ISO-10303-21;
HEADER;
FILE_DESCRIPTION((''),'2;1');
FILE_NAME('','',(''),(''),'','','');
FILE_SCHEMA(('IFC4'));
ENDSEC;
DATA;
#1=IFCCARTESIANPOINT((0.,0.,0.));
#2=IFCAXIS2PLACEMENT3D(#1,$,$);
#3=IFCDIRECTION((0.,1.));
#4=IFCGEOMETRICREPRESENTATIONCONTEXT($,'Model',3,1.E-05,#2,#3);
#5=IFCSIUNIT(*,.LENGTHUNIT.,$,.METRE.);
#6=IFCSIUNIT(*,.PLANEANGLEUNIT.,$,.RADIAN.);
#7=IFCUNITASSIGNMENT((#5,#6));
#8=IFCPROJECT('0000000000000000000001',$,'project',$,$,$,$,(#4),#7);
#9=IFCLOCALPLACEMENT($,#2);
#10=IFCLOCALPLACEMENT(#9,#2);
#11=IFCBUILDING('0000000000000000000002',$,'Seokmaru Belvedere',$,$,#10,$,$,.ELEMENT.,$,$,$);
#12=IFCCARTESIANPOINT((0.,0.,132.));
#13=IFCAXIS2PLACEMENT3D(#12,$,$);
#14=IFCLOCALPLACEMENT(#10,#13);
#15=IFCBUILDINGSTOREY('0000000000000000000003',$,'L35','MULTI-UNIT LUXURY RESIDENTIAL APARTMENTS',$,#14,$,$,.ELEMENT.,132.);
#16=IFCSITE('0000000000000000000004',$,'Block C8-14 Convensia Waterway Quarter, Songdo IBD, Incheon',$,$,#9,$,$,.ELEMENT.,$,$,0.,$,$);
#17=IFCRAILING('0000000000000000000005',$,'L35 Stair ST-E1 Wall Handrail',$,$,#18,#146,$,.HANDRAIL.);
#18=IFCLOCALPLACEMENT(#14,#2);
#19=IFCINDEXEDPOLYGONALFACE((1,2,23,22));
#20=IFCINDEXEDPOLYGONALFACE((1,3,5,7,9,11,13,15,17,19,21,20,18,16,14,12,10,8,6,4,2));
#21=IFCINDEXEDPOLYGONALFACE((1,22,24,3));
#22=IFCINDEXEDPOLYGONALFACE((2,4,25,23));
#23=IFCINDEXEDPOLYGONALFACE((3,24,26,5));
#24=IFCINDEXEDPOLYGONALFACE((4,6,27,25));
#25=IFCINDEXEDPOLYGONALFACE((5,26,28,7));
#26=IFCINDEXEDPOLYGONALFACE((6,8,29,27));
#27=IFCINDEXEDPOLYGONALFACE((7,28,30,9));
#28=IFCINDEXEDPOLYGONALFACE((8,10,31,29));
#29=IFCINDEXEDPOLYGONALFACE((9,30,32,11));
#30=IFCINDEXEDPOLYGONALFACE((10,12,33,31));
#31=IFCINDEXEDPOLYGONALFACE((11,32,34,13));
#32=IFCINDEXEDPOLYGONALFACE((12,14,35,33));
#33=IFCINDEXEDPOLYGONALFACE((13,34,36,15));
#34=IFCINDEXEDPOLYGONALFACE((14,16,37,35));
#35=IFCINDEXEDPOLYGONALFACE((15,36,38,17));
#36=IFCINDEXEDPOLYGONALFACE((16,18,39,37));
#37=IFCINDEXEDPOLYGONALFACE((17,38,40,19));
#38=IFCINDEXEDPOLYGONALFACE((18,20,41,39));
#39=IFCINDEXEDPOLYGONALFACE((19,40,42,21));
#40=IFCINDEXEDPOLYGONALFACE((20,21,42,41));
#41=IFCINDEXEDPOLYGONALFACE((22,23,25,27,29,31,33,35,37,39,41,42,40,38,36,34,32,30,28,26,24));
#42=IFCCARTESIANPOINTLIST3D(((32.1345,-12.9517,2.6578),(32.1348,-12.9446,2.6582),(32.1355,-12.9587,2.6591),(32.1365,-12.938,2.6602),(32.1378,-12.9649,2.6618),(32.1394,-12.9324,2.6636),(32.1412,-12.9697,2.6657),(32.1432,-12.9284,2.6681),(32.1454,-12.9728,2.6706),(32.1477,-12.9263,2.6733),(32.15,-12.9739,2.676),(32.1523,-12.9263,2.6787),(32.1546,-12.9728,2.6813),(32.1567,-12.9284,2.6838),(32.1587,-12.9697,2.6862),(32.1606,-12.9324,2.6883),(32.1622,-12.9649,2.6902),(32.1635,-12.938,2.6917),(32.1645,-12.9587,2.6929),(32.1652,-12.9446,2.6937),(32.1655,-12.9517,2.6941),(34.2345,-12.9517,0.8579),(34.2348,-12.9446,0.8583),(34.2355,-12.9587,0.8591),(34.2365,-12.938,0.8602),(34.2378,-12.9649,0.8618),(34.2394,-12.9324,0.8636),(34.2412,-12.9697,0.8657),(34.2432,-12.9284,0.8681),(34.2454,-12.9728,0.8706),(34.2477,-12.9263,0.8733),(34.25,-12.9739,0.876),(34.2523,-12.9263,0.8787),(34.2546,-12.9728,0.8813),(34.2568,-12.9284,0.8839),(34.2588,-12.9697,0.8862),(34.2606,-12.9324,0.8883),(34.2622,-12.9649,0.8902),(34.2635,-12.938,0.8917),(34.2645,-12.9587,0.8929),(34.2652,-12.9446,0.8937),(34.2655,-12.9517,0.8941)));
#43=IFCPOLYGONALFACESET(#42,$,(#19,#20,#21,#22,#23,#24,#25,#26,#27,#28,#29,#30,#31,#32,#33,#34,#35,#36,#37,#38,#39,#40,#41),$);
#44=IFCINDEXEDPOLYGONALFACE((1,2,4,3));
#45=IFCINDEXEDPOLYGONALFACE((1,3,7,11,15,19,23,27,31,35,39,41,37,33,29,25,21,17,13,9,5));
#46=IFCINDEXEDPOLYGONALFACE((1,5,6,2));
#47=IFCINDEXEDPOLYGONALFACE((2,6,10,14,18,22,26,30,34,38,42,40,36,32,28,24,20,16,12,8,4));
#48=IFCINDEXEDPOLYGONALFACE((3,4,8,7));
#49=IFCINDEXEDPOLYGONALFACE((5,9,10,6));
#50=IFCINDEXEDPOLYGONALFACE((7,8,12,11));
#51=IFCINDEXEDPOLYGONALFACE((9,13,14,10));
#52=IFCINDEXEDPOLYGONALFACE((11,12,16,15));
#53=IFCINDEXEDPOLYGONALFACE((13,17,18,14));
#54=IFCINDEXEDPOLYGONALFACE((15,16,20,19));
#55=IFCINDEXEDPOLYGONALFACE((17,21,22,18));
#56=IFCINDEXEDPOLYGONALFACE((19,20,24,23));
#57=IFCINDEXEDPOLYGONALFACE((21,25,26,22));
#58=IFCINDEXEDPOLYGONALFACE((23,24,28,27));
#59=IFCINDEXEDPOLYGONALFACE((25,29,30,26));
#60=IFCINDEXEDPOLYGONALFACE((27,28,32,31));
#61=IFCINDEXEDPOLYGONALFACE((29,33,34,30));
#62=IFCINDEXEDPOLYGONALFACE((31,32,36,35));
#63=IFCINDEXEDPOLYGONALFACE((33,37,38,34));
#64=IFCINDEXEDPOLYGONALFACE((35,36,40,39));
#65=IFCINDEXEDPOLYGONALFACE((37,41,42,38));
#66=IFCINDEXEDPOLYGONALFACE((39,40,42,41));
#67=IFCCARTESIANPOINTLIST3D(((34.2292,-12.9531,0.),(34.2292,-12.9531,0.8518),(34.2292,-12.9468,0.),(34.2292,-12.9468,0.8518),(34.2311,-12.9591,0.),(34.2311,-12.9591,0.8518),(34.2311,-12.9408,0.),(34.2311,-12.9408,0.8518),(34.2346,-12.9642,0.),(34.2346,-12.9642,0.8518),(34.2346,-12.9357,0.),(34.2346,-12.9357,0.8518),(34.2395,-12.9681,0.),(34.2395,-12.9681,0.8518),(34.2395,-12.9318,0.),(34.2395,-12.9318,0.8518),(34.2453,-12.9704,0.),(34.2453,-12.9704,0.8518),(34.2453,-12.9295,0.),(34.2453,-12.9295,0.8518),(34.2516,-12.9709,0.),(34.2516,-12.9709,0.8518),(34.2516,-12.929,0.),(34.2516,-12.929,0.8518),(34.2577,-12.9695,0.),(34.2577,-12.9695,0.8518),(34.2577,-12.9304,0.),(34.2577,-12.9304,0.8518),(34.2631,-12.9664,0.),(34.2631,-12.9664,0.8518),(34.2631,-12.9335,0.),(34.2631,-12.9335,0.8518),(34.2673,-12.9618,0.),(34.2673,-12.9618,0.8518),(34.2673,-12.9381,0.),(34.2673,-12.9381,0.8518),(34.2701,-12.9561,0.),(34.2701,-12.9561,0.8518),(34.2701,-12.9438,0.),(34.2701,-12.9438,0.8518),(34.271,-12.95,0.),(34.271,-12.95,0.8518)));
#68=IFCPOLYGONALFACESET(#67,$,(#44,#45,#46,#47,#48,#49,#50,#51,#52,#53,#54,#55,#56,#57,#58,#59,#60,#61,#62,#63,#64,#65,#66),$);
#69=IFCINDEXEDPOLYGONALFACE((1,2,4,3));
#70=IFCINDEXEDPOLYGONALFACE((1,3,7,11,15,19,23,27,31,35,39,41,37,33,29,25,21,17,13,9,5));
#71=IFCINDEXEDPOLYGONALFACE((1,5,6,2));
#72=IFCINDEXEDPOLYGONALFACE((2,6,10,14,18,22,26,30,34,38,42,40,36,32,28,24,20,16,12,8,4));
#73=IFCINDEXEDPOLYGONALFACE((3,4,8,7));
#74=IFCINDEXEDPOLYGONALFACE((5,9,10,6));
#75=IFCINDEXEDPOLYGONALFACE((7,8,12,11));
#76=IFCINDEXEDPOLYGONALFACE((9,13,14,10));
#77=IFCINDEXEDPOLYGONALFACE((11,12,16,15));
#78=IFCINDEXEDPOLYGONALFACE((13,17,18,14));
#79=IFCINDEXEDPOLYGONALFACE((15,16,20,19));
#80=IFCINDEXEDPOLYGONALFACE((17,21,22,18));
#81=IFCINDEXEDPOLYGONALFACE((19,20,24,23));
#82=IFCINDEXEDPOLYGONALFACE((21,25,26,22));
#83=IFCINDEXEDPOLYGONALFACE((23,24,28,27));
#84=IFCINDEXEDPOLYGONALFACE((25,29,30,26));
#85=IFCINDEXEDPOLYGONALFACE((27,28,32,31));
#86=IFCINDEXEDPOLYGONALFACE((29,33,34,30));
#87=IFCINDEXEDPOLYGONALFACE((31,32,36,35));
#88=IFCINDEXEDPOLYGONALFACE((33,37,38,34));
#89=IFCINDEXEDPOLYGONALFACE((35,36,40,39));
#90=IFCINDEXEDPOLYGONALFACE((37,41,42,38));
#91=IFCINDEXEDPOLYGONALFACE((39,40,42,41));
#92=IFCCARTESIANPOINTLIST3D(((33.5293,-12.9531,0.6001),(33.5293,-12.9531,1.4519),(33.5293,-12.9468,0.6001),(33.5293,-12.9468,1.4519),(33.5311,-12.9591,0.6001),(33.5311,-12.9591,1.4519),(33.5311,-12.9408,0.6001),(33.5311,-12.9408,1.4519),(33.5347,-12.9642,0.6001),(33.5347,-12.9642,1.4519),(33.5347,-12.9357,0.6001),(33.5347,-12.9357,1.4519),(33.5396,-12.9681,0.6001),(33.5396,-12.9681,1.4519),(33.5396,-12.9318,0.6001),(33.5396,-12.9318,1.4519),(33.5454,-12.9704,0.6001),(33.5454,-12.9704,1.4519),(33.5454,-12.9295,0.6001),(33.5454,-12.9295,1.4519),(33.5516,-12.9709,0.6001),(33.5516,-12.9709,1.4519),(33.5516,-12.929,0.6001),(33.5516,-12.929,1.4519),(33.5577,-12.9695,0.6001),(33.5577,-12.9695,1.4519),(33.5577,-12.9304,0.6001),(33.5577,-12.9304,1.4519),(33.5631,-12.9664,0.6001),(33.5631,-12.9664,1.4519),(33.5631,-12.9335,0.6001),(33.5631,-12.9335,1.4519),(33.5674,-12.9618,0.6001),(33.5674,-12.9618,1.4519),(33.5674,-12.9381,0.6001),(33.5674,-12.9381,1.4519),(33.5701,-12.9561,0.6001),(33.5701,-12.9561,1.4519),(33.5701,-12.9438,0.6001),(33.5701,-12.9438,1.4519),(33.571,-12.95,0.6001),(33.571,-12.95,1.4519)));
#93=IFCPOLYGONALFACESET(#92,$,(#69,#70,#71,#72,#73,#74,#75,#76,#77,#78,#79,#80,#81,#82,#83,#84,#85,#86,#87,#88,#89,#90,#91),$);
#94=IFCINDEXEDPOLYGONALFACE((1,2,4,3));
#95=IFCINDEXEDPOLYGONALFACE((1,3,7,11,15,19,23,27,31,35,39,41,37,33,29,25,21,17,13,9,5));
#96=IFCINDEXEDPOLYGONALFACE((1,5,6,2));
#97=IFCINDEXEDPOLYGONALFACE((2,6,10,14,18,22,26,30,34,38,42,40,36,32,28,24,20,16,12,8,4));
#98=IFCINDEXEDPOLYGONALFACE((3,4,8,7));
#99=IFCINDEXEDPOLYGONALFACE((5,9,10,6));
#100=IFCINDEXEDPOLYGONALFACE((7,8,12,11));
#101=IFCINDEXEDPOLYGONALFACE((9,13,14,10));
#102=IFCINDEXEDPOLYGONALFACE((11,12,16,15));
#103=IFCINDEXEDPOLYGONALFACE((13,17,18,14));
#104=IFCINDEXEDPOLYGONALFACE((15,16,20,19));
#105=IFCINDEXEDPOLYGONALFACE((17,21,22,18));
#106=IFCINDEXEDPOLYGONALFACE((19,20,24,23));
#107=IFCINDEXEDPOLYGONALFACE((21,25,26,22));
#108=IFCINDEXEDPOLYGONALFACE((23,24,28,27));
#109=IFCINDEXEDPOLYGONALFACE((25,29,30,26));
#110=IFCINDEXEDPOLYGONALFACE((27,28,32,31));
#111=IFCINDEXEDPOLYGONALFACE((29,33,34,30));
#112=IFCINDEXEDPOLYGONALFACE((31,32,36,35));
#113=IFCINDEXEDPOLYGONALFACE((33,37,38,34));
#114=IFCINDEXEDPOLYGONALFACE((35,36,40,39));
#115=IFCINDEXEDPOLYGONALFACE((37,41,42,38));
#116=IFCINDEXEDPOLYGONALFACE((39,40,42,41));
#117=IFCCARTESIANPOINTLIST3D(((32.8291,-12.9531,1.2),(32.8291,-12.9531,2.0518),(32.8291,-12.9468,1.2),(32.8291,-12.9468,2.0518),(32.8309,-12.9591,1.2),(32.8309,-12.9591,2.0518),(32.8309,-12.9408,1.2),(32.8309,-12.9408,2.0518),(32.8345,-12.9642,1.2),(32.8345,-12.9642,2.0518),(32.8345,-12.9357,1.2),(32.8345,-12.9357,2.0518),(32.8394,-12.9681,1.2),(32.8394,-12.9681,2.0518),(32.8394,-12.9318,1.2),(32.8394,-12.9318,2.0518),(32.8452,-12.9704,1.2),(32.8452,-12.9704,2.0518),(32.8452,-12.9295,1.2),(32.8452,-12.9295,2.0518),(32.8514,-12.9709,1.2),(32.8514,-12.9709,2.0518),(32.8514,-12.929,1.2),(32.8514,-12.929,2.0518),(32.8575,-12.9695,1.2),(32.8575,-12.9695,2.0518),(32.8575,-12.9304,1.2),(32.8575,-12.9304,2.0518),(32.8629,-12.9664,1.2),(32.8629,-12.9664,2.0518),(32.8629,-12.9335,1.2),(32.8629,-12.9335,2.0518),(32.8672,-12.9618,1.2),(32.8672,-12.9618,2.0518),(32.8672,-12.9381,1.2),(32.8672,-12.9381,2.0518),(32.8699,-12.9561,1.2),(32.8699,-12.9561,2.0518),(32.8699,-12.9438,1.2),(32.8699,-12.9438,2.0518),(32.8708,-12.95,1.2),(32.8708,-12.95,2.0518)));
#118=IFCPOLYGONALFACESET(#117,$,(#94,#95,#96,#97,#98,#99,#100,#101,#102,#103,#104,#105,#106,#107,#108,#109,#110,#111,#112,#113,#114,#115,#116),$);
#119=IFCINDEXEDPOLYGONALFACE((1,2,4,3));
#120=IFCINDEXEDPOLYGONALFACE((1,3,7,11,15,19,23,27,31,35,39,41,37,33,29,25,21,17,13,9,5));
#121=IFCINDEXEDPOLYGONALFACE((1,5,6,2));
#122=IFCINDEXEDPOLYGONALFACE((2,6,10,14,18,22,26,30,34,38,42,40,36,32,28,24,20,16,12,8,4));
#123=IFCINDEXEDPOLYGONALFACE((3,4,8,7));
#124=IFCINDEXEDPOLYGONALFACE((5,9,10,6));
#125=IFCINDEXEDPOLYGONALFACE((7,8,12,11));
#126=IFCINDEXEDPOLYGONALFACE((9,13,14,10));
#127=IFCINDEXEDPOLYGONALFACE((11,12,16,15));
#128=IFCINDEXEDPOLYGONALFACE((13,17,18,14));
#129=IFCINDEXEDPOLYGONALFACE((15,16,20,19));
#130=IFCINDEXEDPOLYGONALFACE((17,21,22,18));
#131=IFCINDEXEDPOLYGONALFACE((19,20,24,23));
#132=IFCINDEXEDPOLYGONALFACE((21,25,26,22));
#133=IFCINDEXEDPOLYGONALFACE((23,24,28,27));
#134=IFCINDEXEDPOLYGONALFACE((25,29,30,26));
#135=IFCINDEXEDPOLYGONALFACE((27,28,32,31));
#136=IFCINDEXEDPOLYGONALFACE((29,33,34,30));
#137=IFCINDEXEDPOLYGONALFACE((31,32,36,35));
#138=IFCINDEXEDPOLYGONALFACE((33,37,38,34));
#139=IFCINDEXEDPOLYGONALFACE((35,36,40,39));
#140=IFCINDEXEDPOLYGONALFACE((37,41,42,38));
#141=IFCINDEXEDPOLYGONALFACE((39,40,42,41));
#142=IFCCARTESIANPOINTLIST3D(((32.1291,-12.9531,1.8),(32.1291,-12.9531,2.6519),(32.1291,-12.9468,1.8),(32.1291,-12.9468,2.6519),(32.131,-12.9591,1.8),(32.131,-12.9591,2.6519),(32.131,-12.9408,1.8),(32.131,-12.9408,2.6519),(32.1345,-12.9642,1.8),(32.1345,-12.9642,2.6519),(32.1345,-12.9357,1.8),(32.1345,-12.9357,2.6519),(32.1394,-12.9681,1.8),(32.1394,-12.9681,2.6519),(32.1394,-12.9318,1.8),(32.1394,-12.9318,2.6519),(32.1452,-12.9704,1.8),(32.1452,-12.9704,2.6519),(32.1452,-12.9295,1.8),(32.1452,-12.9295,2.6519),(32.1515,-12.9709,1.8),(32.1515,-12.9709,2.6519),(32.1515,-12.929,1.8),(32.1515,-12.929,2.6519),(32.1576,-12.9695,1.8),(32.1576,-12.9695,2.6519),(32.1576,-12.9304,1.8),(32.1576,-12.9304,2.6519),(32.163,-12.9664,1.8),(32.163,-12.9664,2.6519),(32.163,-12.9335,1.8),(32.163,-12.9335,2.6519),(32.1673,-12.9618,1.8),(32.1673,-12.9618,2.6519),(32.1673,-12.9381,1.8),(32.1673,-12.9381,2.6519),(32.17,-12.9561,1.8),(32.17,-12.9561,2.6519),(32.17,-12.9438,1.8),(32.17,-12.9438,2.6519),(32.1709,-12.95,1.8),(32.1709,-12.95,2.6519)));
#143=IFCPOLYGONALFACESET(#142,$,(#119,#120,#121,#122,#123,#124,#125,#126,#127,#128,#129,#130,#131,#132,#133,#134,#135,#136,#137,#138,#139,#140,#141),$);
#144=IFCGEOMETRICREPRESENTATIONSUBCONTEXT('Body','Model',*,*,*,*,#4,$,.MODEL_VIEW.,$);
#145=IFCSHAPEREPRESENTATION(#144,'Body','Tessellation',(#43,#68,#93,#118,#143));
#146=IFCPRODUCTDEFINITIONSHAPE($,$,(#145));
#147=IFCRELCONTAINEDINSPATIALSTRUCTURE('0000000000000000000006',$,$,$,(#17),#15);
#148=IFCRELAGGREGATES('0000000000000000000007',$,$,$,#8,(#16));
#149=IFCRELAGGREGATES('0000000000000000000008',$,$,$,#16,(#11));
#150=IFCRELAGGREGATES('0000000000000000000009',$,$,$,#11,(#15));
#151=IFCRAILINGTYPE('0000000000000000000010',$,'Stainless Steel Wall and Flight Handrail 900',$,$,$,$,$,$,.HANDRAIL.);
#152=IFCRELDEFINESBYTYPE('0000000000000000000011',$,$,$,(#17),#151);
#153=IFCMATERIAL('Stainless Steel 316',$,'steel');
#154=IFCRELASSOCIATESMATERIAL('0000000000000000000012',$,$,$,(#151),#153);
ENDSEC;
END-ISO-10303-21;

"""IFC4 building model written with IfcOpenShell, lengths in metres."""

from ifc_helpers import new_model, si_unit, direction, frame, origin, origin_2d, place, context, subcontext, project, spatial, circle, extrude, material, type_object, element, save


model = new_model("IFC4")

# Units and contexts
model_context = context("Model", 3, precision=1e-05, world=origin(), true_north=direction((0.0, 1.0)))
body_context = subcontext(model_context, "Body", "Model", "MODEL_VIEW")
ifc_project = project(units=[si_unit("LENGTHUNIT", "METRE"), si_unit("PLANEANGLEUNIT", "RADIAN")], contexts=[model_context])

# Site, building, storey
site_placement = place(None, origin())
site = spatial("IfcSite", under=ifc_project, at=site_placement, Name="Block C8-14 Convensia Waterway Quarter, Songdo IBD, Incheon", CompositionType="ELEMENT", RefElevation=0.0)
building_placement = place(site_placement, origin())
building = spatial("IfcBuilding", under=site, at=building_placement, Name="Seokmaru Belvedere", CompositionType="ELEMENT")
storey_placement = place(building_placement, frame((0.0, 0.0, 132.0)))
storey = spatial("IfcBuildingStorey", under=building, at=storey_placement, Name="L35", Description="MULTI-UNIT LUXURY RESIDENTIAL APARTMENTS", CompositionType="ELEMENT", Elevation=132.0)

# Shared definitions
ifc_material_1 = material(Name="Stainless Steel 316", Category="steel")

# Railing
railing_type_1 = type_object("IfcRailingType", Name="Stainless Steel Wall and Flight Handrail 900", PredefinedType="HANDRAIL", material=ifc_material_1)
railing_1_placement = place(storey_placement, frame((34.25, -12.95, 0.0)))
element("IfcRailing", 1, at=railing_1_placement, inside=storey, type_object=railing_type_1, Name="L35 Stair ST-E1 Wall Handrail", PredefinedType="HANDRAIL", context=body_context, shape_type="SweptSolid", body=[
    extrude(circle(Radius=0.0239, at=origin_2d()), frame((0.0, 0.0, 0.876), z_axis=(-0.759263, 0.0, 0.650784), x_axis=(0.0, -1.0, 0.0)), (0.0, 0.0, 1.0), 2.7659),
    extrude(circle(Radius=0.021, at=origin_2d()), origin(), (0.0, 0.0, 1.0), 0.8518),
    extrude(circle(Radius=0.021, at=origin_2d()), frame((-0.7, 0.0, 0.6001)), (0.0, 0.0, 1.0), 0.8518),
    extrude(circle(Radius=0.021, at=origin_2d()), frame((-1.4001, 0.0, 1.2)), (0.0, 0.0, 1.0), 0.8518),
    extrude(circle(Radius=0.021, at=origin_2d()), frame((-2.1001, 0.0, 1.8)), (0.0, 0.0, 1.0), 0.8518),
])

save(model, "model.ifc")
